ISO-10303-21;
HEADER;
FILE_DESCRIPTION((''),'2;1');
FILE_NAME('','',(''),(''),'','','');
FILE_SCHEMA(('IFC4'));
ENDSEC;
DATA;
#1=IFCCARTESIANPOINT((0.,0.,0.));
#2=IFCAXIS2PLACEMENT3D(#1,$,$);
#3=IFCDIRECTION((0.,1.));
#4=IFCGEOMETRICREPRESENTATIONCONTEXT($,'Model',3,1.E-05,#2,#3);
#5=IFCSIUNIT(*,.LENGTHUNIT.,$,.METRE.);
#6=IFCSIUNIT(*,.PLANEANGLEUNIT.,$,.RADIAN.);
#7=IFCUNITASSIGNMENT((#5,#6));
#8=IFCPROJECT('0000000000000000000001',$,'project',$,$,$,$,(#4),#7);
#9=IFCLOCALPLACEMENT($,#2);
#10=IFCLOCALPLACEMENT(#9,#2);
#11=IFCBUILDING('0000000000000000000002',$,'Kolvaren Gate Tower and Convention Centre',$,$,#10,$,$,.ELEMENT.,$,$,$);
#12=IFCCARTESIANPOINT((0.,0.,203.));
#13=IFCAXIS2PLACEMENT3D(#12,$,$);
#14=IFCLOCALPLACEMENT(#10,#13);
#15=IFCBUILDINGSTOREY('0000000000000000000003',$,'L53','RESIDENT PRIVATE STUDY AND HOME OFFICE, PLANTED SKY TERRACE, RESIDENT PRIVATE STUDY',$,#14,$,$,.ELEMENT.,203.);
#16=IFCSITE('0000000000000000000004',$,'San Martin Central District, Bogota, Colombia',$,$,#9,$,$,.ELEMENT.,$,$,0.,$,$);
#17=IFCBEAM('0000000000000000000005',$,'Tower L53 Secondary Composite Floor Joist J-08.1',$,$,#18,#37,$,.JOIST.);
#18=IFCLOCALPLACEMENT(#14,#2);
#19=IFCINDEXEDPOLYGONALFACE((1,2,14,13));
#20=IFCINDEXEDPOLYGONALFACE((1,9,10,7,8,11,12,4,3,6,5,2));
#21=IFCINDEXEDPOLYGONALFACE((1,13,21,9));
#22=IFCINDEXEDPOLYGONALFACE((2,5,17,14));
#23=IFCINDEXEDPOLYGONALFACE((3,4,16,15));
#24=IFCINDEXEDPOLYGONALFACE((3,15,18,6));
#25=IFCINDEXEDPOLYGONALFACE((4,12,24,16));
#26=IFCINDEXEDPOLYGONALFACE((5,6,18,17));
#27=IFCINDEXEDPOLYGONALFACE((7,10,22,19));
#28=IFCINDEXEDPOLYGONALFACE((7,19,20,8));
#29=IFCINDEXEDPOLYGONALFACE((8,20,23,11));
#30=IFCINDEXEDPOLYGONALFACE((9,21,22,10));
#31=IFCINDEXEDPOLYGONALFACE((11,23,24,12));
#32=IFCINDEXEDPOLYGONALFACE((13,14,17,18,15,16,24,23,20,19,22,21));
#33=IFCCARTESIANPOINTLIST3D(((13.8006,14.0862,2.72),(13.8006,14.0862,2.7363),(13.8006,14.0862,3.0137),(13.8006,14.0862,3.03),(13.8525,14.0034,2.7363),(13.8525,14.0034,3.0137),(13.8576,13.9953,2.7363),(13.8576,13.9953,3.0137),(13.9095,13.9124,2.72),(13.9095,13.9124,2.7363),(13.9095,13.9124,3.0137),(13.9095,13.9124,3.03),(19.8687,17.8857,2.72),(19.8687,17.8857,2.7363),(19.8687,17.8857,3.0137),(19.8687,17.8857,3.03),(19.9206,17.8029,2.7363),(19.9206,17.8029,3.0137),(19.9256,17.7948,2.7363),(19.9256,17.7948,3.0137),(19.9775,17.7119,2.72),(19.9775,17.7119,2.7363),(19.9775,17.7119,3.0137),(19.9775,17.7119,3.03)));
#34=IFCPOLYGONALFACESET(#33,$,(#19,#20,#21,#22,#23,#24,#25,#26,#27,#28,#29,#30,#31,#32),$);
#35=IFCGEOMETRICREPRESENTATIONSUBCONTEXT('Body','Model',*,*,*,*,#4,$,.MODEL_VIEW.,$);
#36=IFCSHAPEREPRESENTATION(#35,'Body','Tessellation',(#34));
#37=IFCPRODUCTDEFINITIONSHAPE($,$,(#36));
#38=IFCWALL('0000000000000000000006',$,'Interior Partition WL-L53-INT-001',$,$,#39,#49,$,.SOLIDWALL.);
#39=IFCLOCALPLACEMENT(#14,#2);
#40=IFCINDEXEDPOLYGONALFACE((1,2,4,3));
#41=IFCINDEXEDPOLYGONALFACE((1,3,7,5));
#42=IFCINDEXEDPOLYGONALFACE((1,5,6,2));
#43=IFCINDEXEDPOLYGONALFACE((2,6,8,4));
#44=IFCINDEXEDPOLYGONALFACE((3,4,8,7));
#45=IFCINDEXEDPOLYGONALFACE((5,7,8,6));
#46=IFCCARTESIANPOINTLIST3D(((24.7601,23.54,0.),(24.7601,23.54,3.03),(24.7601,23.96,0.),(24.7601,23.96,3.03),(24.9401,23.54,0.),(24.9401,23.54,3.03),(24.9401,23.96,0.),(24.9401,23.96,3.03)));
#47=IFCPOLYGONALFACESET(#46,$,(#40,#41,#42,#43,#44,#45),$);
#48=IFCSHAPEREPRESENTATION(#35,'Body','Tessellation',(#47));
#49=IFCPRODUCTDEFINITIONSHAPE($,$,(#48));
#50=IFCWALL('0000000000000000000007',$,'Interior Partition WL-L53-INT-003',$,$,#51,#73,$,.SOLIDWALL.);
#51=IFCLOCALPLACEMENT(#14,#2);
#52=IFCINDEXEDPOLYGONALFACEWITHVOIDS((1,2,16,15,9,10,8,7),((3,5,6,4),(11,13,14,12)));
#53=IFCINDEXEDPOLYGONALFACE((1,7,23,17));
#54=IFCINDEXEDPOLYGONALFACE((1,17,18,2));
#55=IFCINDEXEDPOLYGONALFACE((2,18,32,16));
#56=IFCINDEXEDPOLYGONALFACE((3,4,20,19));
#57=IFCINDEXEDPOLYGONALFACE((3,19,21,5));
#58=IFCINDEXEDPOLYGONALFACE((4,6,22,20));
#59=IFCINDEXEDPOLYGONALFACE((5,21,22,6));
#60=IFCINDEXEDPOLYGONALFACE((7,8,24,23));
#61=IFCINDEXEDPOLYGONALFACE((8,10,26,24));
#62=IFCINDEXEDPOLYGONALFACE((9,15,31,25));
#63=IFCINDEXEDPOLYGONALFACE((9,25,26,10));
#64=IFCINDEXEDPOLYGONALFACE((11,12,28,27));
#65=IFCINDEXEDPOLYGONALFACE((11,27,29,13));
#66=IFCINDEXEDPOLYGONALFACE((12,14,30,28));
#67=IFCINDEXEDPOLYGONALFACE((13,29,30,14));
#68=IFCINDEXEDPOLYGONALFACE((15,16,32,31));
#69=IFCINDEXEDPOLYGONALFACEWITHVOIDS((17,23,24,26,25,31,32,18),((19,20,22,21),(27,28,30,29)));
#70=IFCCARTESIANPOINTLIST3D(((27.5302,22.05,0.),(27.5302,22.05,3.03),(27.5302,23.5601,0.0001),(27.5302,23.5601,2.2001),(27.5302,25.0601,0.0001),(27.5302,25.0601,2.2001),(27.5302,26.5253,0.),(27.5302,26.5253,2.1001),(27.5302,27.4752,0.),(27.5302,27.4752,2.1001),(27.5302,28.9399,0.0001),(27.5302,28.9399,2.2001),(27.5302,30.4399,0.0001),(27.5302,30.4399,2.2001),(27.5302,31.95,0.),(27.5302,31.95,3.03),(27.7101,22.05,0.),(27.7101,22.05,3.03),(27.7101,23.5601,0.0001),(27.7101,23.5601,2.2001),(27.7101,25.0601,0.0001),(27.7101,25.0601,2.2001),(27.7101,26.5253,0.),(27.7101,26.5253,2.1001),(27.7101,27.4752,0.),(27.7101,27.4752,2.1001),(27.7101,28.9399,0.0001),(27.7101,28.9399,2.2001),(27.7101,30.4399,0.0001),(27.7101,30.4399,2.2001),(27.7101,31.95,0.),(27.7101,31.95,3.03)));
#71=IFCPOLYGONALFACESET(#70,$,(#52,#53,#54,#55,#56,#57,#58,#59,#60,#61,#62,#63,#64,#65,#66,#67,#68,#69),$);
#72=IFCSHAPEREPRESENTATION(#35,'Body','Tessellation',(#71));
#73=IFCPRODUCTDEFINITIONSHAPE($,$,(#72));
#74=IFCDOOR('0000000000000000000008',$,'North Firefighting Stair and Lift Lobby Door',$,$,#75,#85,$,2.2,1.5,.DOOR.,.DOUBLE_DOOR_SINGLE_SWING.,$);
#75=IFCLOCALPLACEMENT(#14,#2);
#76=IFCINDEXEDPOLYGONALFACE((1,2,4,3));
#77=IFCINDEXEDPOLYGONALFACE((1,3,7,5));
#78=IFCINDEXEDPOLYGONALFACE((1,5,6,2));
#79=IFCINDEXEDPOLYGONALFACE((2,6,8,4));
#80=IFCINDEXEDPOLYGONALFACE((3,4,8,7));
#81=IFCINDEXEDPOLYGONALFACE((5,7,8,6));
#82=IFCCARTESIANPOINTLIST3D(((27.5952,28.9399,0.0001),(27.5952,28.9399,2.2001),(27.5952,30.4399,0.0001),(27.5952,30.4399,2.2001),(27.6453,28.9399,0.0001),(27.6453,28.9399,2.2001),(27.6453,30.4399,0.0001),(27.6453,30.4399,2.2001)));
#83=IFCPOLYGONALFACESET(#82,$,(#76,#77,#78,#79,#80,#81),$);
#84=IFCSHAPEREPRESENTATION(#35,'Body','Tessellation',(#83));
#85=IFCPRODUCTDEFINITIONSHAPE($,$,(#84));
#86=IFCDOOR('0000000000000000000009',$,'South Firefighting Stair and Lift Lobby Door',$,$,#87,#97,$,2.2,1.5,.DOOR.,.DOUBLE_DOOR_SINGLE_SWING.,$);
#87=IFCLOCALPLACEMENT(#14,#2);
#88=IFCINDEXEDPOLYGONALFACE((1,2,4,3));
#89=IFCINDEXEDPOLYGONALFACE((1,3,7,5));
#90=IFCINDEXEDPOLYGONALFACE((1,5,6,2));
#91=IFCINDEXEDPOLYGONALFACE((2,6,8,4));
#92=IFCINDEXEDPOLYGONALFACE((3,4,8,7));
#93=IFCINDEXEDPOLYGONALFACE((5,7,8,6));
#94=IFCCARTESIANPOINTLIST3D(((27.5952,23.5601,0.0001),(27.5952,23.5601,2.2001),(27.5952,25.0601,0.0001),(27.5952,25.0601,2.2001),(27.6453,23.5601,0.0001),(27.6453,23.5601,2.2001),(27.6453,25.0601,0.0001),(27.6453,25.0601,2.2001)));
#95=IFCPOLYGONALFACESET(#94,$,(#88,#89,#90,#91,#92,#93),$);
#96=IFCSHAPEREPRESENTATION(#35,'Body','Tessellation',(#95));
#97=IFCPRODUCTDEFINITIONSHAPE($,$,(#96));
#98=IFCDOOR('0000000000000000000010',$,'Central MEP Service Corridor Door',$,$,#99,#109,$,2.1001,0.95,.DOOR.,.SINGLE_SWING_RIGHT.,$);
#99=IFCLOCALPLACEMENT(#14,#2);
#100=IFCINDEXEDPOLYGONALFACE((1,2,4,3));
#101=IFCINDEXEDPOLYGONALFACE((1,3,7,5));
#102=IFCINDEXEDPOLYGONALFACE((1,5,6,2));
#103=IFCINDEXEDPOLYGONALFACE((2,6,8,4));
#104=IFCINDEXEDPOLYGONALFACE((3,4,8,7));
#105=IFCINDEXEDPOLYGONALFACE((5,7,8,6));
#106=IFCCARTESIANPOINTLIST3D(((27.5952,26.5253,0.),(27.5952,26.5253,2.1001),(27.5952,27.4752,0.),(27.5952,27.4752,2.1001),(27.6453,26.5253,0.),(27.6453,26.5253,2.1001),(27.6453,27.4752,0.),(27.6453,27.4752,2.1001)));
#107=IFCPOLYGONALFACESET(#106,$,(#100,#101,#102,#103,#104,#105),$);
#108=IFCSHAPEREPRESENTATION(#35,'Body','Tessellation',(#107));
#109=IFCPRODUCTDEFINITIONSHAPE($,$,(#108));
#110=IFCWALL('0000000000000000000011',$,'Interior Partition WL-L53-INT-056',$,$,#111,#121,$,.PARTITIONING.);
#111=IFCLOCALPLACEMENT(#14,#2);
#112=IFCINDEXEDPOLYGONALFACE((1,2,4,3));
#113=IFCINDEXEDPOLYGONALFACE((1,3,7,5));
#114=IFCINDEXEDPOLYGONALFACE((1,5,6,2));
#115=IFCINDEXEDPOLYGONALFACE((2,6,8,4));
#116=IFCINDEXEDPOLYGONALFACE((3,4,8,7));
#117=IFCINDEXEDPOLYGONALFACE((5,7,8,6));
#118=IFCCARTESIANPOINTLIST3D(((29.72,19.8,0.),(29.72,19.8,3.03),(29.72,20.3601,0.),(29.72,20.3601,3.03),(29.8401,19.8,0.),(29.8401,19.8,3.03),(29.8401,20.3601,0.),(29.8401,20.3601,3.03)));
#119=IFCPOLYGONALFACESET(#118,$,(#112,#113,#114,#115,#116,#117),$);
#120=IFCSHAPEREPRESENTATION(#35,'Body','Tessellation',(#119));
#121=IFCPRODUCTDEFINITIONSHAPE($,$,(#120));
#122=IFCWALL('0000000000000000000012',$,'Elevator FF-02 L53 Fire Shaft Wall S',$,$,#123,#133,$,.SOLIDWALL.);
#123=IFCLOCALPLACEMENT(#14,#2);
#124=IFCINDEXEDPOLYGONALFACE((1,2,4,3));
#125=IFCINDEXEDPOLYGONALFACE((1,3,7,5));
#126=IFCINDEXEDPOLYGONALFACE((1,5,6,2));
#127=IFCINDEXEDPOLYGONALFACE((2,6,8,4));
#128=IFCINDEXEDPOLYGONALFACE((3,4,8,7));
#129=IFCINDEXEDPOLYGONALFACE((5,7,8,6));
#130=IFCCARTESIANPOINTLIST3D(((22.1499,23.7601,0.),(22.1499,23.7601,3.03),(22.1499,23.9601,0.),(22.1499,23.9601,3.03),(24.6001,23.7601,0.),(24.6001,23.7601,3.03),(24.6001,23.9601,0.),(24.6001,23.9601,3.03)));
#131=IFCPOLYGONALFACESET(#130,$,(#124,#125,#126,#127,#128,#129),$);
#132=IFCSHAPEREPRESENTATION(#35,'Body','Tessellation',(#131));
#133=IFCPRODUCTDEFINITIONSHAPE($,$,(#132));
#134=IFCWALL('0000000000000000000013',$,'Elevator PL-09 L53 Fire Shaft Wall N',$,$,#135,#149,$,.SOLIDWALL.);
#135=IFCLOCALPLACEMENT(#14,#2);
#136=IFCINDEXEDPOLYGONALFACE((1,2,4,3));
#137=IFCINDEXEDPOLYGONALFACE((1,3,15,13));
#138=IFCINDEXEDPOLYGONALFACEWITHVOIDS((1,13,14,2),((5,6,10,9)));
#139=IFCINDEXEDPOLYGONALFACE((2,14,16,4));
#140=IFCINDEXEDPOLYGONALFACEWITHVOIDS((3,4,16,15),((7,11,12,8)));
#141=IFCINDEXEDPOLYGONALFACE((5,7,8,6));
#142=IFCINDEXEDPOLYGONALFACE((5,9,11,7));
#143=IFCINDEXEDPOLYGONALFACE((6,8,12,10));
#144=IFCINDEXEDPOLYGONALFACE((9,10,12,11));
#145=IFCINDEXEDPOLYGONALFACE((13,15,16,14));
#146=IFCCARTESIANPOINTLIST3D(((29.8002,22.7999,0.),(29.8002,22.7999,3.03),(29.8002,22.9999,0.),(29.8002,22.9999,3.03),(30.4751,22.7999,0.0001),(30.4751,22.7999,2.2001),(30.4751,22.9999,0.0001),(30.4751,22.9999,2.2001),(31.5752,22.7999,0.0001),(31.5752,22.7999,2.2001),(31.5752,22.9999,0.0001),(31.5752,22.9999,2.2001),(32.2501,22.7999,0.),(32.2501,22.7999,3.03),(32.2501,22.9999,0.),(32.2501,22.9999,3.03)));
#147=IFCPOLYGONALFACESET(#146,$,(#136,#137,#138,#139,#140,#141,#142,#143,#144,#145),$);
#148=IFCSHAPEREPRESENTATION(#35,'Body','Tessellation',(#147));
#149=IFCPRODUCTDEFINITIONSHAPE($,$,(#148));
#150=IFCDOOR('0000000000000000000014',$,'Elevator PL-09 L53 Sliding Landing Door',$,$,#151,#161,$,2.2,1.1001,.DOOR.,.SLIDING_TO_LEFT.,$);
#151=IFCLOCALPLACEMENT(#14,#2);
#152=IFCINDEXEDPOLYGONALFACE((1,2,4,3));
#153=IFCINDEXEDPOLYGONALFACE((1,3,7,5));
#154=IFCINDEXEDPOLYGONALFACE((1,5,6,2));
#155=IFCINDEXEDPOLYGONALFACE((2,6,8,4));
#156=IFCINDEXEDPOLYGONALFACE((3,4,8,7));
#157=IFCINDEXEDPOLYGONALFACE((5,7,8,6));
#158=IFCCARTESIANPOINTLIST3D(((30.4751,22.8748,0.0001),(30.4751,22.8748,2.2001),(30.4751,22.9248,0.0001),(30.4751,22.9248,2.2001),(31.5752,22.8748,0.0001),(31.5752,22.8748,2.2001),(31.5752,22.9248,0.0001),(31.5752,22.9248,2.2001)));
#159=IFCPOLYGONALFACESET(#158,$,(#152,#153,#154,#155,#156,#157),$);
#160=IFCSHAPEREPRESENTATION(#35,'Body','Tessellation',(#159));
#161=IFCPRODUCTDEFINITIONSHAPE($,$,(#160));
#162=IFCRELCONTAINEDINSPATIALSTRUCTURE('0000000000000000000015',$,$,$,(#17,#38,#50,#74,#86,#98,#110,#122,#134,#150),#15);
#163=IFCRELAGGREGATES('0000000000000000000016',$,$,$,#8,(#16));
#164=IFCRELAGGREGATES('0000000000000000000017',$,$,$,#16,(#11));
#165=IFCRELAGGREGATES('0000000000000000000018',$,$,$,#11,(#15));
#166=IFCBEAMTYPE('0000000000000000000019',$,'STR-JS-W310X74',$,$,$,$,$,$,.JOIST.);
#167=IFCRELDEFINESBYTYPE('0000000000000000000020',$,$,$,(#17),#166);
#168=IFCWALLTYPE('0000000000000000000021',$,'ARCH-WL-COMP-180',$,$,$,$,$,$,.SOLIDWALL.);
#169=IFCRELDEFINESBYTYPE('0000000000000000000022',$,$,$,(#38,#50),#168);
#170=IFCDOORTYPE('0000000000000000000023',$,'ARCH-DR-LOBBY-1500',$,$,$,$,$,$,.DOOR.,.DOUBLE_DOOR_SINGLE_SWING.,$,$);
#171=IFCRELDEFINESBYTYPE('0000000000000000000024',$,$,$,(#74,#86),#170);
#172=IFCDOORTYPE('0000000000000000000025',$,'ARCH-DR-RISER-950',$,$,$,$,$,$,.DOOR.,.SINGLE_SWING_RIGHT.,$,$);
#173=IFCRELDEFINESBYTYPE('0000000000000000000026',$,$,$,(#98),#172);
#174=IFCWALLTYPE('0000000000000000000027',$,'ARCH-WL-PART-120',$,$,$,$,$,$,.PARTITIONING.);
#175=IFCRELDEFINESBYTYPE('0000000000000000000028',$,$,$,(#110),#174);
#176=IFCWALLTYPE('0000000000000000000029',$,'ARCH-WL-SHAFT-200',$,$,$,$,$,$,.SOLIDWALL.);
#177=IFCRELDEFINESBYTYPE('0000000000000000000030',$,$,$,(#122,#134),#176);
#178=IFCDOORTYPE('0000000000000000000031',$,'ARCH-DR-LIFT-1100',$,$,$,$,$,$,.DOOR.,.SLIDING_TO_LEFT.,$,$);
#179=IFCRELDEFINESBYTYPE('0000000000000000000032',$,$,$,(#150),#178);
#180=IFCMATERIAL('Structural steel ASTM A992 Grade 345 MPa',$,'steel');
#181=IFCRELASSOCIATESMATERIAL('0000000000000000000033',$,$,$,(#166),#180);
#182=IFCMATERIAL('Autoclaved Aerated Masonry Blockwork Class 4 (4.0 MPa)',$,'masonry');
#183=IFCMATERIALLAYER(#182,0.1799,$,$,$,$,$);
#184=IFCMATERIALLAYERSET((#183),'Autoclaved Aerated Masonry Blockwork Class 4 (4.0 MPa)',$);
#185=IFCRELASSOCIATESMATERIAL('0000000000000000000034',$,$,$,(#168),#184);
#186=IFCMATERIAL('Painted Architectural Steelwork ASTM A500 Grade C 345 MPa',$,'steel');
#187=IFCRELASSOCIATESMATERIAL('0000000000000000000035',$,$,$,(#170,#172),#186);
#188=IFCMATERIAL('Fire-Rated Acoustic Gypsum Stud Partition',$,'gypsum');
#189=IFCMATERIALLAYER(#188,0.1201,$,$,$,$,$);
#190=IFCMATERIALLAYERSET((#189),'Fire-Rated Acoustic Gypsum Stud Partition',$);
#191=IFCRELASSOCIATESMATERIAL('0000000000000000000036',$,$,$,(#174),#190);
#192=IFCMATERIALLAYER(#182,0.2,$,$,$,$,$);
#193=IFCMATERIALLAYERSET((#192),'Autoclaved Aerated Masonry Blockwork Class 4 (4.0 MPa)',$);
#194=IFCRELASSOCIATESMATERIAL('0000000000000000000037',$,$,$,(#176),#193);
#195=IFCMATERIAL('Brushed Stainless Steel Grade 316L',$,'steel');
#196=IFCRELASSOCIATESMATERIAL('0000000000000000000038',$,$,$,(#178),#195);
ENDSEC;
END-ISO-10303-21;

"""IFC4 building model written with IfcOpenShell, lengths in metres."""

from ifc_helpers import new_model, si_unit, direction, frame, frame_2d, origin, origin_2d, place, context, subcontext, project, spatial, rectangle, i_section, extrude, material, layer, layer_set, material_profile, profile_set, type_object, element, fill, save


model = new_model("IFC4")

# Units and contexts
model_context = context("Model", 3, precision=1e-05, world=origin(), true_north=direction((0.0, 1.0)))
body_context = subcontext(model_context, "Body", "Model", "MODEL_VIEW")
ifc_project = project(units=[si_unit("LENGTHUNIT", "METRE"), si_unit("PLANEANGLEUNIT", "RADIAN")], contexts=[model_context])

# Site, building, storey
site_placement = place(None, origin())
site = spatial("IfcSite", under=ifc_project, at=site_placement, Name="San Martin Central District, Bogota, Colombia", CompositionType="ELEMENT", RefElevation=0.0)
building_placement = place(site_placement, origin())
building = spatial("IfcBuilding", under=site, at=building_placement, Name="Kolvaren Gate Tower and Convention Centre", CompositionType="ELEMENT")
storey_placement = place(building_placement, frame((0.0, 0.0, 203.0)))
storey = spatial("IfcBuildingStorey", under=building, at=storey_placement, Name="L53", Description="RESIDENT PRIVATE STUDY AND HOME OFFICE, PLANTED SKY TERRACE, RESIDENT PRIVATE STUDY", CompositionType="ELEMENT", Elevation=203.0)

# Beam
ifc_material_1 = material(Name="Structural steel ASTM A992 Grade 345 MPa", Category="steel")
ifc_material_profile = material_profile(ifc_material_1, i_section(OverallWidth=0.2051, OverallDepth=0.3101, WebThickness=0.0095, FlangeThickness=0.0164, at=origin_2d()), Name="W310X74")
ifc_profile_set = profile_set([ifc_material_profile], Name="Structural steel ASTM A992 Grade 345 MPa")
beam_type = type_object("IfcBeamType", Name="STR-JS-W310X74", PredefinedType="JOIST", material=ifc_profile_set)
beam_placement = place(storey_placement, frame((19.9231, 17.7988, 2.875), z_axis=(-0.847559, -0.530701, 0.0), x_axis=(0.530701, -0.847559, 0.0)))
element("IfcBeam", 1, at=beam_placement, inside=storey, type_object=beam_type, Name="Tower L53 Secondary Composite Floor Joist J-08.1", PredefinedType="JOIST", context=body_context, shape_type="SweptSolid", body=[
    extrude(i_section(OverallWidth=0.2051, OverallDepth=0.3101, WebThickness=0.0095, FlangeThickness=0.0164, at=origin_2d()), origin(), (0.0, 0.0, 1.0), 7.1594),
])

# Wall
ifc_material_2 = material(Name="Autoclaved Aerated Masonry Blockwork Class 4 (4.0 MPa)", Category="masonry")
ifc_layer_1 = layer(ifc_material_2, 0.1799)
ifc_layer_set_1 = layer_set([ifc_layer_1], Name="Autoclaved Aerated Masonry Blockwork Class 4 (4.0 MPa)")
wall_type_1 = type_object("IfcWallType", Name="ARCH-WL-COMP-180", PredefinedType="SOLIDWALL", material=ifc_layer_set_1)
wall_1_placement = place(storey_placement, frame((24.8501, 23.54, 0.0), z_axis=(0.0, 0.0, 1.0), x_axis=(0.0, 1.0, 0.0)))
element("IfcWall", 2, at=wall_1_placement, inside=storey, type_object=wall_type_1, Name="Interior Partition WL-L53-INT-001", PredefinedType="SOLIDWALL", context=body_context, shape_type="SweptSolid", body=[
    extrude(rectangle(XDim=0.4199, YDim=0.1799, at=frame_2d((0.21, 0.0))), origin(), (0.0, 0.0, 1.0), 3.03),
])

# Wall, openings, doors
wall_2_placement = place(storey_placement, frame((27.6201, 22.05, 0.0), z_axis=(0.0, 0.0, 1.0), x_axis=(0.0, 1.0, 0.0)))
wall_2 = element("IfcWall", 3, at=wall_2_placement, inside=storey, type_object=wall_type_1, Name="Interior Partition WL-L53-INT-003", PredefinedType="SOLIDWALL", context=body_context, shape_type="SweptSolid", body=[
    extrude(rectangle(XDim=9.8999, YDim=0.1799, at=frame_2d((4.95, 0.0))), origin(), (0.0, 0.0, 1.0), 3.03),
])
opening_1_placement = place(wall_2_placement, frame((4.4751, 0.0, 0.0)))
opening_1 = element("IfcOpeningElement", 4, at=opening_1_placement, cuts=wall_2, PredefinedType="OPENING", context=body_context, shape_type="SweptSolid", body=[
    extrude(rectangle(XDim=0.95, YDim=2.1001, at=frame_2d((0.4751, 1.05))), frame((0.0, 0.0999, 0.0), z_axis=(0.0, -1.0, 0.0), x_axis=(1.0, 0.0, 0.0)), (0.0, 0.0, 1.0), 0.2),
])
opening_2_placement = place(wall_2_placement, frame((6.8899, 0.0, 0.0)))
opening_2 = element("IfcOpeningElement", 5, at=opening_2_placement, cuts=wall_2, PredefinedType="OPENING", context=body_context, shape_type="SweptSolid", body=[
    extrude(rectangle(XDim=1.5, YDim=2.2, at=frame_2d((0.75, 1.1001))), frame((0.0, 0.0999, 0.0), z_axis=(0.0, -1.0, 0.0), x_axis=(1.0, 0.0, 0.0)), (0.0, 0.0, 1.0), 0.2),
])
opening_3_placement = place(wall_2_placement, frame((1.51, 0.0, 0.0)))
opening_3 = element("IfcOpeningElement", 6, at=opening_3_placement, cuts=wall_2, PredefinedType="OPENING", context=body_context, shape_type="SweptSolid", body=[
    extrude(rectangle(XDim=1.5, YDim=2.2, at=frame_2d((0.75, 1.1001))), frame((0.0, 0.0999, 0.0), z_axis=(0.0, -1.0, 0.0), x_axis=(1.0, 0.0, 0.0)), (0.0, 0.0, 1.0), 0.2),
])
ifc_material_3 = material(Name="Painted Architectural Steelwork ASTM A500 Grade C 345 MPa", Category="steel")
door_type_1 = type_object("IfcDoorType", Name="ARCH-DR-LOBBY-1500", OperationType="DOUBLE_DOOR_SINGLE_SWING", PredefinedType="DOOR", material=ifc_material_3)
door_1_placement = place(opening_2_placement, origin())
door_1 = element("IfcDoor", 7, at=door_1_placement, inside=storey, type_object=door_type_1, Name="North Firefighting Stair and Lift Lobby Door", OperationType="DOUBLE_DOOR_SINGLE_SWING", OverallHeight=2.2, OverallWidth=1.5, PredefinedType="DOOR", context=body_context, shape_type="SweptSolid", body=[
    extrude(rectangle(XDim=1.5, YDim=2.2, at=frame_2d((0.75, 1.1001))), frame((0.0, 0.0249, 0.0), z_axis=(0.0, -1.0, 0.0), x_axis=(1.0, 0.0, 0.0)), (0.0, 0.0, 1.0), 0.05),
])
fill(opening_2, door_1)
door_2_placement = place(opening_3_placement, origin())
door_2 = element("IfcDoor", 8, at=door_2_placement, inside=storey, type_object=door_type_1, Name="South Firefighting Stair and Lift Lobby Door", OperationType="DOUBLE_DOOR_SINGLE_SWING", OverallHeight=2.2, OverallWidth=1.5, PredefinedType="DOOR", context=body_context, shape_type="SweptSolid", body=[
    extrude(rectangle(XDim=1.5, YDim=2.2, at=frame_2d((0.75, 1.1001))), frame((0.0, 0.0249, 0.0), z_axis=(0.0, -1.0, 0.0), x_axis=(1.0, 0.0, 0.0)), (0.0, 0.0, 1.0), 0.05),
])
fill(opening_3, door_2)
door_type_2 = type_object("IfcDoorType", Name="ARCH-DR-RISER-950", OperationType="SINGLE_SWING_RIGHT", PredefinedType="DOOR", material=ifc_material_3)
door_3_placement = place(opening_1_placement, origin())
door_3 = element("IfcDoor", 9, at=door_3_placement, inside=storey, type_object=door_type_2, Name="Central MEP Service Corridor Door", OperationType="SINGLE_SWING_RIGHT", OverallHeight=2.1001, OverallWidth=0.95, PredefinedType="DOOR", context=body_context, shape_type="SweptSolid", body=[
    extrude(rectangle(XDim=0.95, YDim=2.1001, at=frame_2d((0.4751, 1.05))), frame((0.0, 0.0249, 0.0), z_axis=(0.0, -1.0, 0.0), x_axis=(1.0, 0.0, 0.0)), (0.0, 0.0, 1.0), 0.05),
])
fill(opening_1, door_3)

# Walls
ifc_material_4 = material(Name="Fire-Rated Acoustic Gypsum Stud Partition", Category="gypsum")
ifc_layer_2 = layer(ifc_material_4, 0.1201)
ifc_layer_set_2 = layer_set([ifc_layer_2], Name="Fire-Rated Acoustic Gypsum Stud Partition")
wall_type_2 = type_object("IfcWallType", Name="ARCH-WL-PART-120", PredefinedType="PARTITIONING", material=ifc_layer_set_2)
wall_3_placement = place(storey_placement, frame((29.78, 19.8, 0.0), z_axis=(0.0, 0.0, 1.0), x_axis=(0.0, 1.0, 0.0)))
element("IfcWall", 10, at=wall_3_placement, inside=storey, type_object=wall_type_2, Name="Interior Partition WL-L53-INT-056", PredefinedType="PARTITIONING", context=body_context, shape_type="SweptSolid", body=[
    extrude(rectangle(XDim=0.5601, YDim=0.1201, at=frame_2d((0.28, 0.0))), origin(), (0.0, 0.0, 1.0), 3.03),
])
ifc_layer_3 = layer(ifc_material_2, 0.2)
ifc_layer_set_3 = layer_set([ifc_layer_3], Name="Autoclaved Aerated Masonry Blockwork Class 4 (4.0 MPa)")
wall_type_3 = type_object("IfcWallType", Name="ARCH-WL-SHAFT-200", PredefinedType="SOLIDWALL", material=ifc_layer_set_3)
wall_4_placement = place(storey_placement, frame((22.1499, 23.8601, 0.0), z_axis=(0.0, 0.0, 1.0), x_axis=(1.0, 0.0, 0.0)))
element("IfcWall", 11, at=wall_4_placement, inside=storey, type_object=wall_type_3, Name="Elevator FF-02 L53 Fire Shaft Wall S", PredefinedType="SOLIDWALL", context=body_context, shape_type="SweptSolid", body=[
    extrude(rectangle(XDim=2.4502, YDim=0.2, at=frame_2d((1.2251, 0.0))), origin(), (0.0, 0.0, 1.0), 3.03),
])

# Wall, opening, door
wall_5_placement = place(storey_placement, frame((29.8, 22.8999, 0.0), z_axis=(0.0, 0.0, 1.0), x_axis=(1.0, 0.0, 0.0)))
wall_5 = element("IfcWall", 12, at=wall_5_placement, inside=storey, type_object=wall_type_3, Name="Elevator PL-09 L53 Fire Shaft Wall N", PredefinedType="SOLIDWALL", context=body_context, shape_type="SweptSolid", body=[
    extrude(rectangle(XDim=2.45, YDim=0.2, at=frame_2d((1.2251, 0.0))), origin(), (0.0, 0.0, 1.0), 3.03),
])
opening_4_placement = place(wall_5_placement, frame((0.675, 0.0, 0.0)))
opening_4 = element("IfcOpeningElement", 13, at=opening_4_placement, cuts=wall_5, PredefinedType="OPENING", context=body_context, shape_type="SweptSolid", body=[
    extrude(rectangle(XDim=1.1001, YDim=2.2, at=frame_2d((0.55, 1.1001))), frame((0.0, 0.1099, 0.0), z_axis=(0.0, -1.0, 0.0), x_axis=(1.0, 0.0, 0.0)), (0.0, 0.0, 1.0), 0.22),
])
ifc_material_5 = material(Name="Brushed Stainless Steel Grade 316L", Category="steel")
door_type_3 = type_object("IfcDoorType", Name="ARCH-DR-LIFT-1100", OperationType="SLIDING_TO_LEFT", PredefinedType="DOOR", material=ifc_material_5)
door_4_placement = place(opening_4_placement, origin())
door_4 = element("IfcDoor", 14, at=door_4_placement, inside=storey, type_object=door_type_3, Name="Elevator PL-09 L53 Sliding Landing Door", OperationType="SLIDING_TO_LEFT", OverallHeight=2.2, OverallWidth=1.1001, PredefinedType="DOOR", context=body_context, shape_type="SweptSolid", body=[
    extrude(rectangle(XDim=1.1001, YDim=2.2, at=frame_2d((0.55, 1.1001))), frame((0.0, 0.0249, 0.0), z_axis=(0.0, -1.0, 0.0), x_axis=(1.0, 0.0, 0.0)), (0.0, 0.0, 1.0), 0.05),
])
fill(opening_4, door_4)

save(model, "model.ifc")
